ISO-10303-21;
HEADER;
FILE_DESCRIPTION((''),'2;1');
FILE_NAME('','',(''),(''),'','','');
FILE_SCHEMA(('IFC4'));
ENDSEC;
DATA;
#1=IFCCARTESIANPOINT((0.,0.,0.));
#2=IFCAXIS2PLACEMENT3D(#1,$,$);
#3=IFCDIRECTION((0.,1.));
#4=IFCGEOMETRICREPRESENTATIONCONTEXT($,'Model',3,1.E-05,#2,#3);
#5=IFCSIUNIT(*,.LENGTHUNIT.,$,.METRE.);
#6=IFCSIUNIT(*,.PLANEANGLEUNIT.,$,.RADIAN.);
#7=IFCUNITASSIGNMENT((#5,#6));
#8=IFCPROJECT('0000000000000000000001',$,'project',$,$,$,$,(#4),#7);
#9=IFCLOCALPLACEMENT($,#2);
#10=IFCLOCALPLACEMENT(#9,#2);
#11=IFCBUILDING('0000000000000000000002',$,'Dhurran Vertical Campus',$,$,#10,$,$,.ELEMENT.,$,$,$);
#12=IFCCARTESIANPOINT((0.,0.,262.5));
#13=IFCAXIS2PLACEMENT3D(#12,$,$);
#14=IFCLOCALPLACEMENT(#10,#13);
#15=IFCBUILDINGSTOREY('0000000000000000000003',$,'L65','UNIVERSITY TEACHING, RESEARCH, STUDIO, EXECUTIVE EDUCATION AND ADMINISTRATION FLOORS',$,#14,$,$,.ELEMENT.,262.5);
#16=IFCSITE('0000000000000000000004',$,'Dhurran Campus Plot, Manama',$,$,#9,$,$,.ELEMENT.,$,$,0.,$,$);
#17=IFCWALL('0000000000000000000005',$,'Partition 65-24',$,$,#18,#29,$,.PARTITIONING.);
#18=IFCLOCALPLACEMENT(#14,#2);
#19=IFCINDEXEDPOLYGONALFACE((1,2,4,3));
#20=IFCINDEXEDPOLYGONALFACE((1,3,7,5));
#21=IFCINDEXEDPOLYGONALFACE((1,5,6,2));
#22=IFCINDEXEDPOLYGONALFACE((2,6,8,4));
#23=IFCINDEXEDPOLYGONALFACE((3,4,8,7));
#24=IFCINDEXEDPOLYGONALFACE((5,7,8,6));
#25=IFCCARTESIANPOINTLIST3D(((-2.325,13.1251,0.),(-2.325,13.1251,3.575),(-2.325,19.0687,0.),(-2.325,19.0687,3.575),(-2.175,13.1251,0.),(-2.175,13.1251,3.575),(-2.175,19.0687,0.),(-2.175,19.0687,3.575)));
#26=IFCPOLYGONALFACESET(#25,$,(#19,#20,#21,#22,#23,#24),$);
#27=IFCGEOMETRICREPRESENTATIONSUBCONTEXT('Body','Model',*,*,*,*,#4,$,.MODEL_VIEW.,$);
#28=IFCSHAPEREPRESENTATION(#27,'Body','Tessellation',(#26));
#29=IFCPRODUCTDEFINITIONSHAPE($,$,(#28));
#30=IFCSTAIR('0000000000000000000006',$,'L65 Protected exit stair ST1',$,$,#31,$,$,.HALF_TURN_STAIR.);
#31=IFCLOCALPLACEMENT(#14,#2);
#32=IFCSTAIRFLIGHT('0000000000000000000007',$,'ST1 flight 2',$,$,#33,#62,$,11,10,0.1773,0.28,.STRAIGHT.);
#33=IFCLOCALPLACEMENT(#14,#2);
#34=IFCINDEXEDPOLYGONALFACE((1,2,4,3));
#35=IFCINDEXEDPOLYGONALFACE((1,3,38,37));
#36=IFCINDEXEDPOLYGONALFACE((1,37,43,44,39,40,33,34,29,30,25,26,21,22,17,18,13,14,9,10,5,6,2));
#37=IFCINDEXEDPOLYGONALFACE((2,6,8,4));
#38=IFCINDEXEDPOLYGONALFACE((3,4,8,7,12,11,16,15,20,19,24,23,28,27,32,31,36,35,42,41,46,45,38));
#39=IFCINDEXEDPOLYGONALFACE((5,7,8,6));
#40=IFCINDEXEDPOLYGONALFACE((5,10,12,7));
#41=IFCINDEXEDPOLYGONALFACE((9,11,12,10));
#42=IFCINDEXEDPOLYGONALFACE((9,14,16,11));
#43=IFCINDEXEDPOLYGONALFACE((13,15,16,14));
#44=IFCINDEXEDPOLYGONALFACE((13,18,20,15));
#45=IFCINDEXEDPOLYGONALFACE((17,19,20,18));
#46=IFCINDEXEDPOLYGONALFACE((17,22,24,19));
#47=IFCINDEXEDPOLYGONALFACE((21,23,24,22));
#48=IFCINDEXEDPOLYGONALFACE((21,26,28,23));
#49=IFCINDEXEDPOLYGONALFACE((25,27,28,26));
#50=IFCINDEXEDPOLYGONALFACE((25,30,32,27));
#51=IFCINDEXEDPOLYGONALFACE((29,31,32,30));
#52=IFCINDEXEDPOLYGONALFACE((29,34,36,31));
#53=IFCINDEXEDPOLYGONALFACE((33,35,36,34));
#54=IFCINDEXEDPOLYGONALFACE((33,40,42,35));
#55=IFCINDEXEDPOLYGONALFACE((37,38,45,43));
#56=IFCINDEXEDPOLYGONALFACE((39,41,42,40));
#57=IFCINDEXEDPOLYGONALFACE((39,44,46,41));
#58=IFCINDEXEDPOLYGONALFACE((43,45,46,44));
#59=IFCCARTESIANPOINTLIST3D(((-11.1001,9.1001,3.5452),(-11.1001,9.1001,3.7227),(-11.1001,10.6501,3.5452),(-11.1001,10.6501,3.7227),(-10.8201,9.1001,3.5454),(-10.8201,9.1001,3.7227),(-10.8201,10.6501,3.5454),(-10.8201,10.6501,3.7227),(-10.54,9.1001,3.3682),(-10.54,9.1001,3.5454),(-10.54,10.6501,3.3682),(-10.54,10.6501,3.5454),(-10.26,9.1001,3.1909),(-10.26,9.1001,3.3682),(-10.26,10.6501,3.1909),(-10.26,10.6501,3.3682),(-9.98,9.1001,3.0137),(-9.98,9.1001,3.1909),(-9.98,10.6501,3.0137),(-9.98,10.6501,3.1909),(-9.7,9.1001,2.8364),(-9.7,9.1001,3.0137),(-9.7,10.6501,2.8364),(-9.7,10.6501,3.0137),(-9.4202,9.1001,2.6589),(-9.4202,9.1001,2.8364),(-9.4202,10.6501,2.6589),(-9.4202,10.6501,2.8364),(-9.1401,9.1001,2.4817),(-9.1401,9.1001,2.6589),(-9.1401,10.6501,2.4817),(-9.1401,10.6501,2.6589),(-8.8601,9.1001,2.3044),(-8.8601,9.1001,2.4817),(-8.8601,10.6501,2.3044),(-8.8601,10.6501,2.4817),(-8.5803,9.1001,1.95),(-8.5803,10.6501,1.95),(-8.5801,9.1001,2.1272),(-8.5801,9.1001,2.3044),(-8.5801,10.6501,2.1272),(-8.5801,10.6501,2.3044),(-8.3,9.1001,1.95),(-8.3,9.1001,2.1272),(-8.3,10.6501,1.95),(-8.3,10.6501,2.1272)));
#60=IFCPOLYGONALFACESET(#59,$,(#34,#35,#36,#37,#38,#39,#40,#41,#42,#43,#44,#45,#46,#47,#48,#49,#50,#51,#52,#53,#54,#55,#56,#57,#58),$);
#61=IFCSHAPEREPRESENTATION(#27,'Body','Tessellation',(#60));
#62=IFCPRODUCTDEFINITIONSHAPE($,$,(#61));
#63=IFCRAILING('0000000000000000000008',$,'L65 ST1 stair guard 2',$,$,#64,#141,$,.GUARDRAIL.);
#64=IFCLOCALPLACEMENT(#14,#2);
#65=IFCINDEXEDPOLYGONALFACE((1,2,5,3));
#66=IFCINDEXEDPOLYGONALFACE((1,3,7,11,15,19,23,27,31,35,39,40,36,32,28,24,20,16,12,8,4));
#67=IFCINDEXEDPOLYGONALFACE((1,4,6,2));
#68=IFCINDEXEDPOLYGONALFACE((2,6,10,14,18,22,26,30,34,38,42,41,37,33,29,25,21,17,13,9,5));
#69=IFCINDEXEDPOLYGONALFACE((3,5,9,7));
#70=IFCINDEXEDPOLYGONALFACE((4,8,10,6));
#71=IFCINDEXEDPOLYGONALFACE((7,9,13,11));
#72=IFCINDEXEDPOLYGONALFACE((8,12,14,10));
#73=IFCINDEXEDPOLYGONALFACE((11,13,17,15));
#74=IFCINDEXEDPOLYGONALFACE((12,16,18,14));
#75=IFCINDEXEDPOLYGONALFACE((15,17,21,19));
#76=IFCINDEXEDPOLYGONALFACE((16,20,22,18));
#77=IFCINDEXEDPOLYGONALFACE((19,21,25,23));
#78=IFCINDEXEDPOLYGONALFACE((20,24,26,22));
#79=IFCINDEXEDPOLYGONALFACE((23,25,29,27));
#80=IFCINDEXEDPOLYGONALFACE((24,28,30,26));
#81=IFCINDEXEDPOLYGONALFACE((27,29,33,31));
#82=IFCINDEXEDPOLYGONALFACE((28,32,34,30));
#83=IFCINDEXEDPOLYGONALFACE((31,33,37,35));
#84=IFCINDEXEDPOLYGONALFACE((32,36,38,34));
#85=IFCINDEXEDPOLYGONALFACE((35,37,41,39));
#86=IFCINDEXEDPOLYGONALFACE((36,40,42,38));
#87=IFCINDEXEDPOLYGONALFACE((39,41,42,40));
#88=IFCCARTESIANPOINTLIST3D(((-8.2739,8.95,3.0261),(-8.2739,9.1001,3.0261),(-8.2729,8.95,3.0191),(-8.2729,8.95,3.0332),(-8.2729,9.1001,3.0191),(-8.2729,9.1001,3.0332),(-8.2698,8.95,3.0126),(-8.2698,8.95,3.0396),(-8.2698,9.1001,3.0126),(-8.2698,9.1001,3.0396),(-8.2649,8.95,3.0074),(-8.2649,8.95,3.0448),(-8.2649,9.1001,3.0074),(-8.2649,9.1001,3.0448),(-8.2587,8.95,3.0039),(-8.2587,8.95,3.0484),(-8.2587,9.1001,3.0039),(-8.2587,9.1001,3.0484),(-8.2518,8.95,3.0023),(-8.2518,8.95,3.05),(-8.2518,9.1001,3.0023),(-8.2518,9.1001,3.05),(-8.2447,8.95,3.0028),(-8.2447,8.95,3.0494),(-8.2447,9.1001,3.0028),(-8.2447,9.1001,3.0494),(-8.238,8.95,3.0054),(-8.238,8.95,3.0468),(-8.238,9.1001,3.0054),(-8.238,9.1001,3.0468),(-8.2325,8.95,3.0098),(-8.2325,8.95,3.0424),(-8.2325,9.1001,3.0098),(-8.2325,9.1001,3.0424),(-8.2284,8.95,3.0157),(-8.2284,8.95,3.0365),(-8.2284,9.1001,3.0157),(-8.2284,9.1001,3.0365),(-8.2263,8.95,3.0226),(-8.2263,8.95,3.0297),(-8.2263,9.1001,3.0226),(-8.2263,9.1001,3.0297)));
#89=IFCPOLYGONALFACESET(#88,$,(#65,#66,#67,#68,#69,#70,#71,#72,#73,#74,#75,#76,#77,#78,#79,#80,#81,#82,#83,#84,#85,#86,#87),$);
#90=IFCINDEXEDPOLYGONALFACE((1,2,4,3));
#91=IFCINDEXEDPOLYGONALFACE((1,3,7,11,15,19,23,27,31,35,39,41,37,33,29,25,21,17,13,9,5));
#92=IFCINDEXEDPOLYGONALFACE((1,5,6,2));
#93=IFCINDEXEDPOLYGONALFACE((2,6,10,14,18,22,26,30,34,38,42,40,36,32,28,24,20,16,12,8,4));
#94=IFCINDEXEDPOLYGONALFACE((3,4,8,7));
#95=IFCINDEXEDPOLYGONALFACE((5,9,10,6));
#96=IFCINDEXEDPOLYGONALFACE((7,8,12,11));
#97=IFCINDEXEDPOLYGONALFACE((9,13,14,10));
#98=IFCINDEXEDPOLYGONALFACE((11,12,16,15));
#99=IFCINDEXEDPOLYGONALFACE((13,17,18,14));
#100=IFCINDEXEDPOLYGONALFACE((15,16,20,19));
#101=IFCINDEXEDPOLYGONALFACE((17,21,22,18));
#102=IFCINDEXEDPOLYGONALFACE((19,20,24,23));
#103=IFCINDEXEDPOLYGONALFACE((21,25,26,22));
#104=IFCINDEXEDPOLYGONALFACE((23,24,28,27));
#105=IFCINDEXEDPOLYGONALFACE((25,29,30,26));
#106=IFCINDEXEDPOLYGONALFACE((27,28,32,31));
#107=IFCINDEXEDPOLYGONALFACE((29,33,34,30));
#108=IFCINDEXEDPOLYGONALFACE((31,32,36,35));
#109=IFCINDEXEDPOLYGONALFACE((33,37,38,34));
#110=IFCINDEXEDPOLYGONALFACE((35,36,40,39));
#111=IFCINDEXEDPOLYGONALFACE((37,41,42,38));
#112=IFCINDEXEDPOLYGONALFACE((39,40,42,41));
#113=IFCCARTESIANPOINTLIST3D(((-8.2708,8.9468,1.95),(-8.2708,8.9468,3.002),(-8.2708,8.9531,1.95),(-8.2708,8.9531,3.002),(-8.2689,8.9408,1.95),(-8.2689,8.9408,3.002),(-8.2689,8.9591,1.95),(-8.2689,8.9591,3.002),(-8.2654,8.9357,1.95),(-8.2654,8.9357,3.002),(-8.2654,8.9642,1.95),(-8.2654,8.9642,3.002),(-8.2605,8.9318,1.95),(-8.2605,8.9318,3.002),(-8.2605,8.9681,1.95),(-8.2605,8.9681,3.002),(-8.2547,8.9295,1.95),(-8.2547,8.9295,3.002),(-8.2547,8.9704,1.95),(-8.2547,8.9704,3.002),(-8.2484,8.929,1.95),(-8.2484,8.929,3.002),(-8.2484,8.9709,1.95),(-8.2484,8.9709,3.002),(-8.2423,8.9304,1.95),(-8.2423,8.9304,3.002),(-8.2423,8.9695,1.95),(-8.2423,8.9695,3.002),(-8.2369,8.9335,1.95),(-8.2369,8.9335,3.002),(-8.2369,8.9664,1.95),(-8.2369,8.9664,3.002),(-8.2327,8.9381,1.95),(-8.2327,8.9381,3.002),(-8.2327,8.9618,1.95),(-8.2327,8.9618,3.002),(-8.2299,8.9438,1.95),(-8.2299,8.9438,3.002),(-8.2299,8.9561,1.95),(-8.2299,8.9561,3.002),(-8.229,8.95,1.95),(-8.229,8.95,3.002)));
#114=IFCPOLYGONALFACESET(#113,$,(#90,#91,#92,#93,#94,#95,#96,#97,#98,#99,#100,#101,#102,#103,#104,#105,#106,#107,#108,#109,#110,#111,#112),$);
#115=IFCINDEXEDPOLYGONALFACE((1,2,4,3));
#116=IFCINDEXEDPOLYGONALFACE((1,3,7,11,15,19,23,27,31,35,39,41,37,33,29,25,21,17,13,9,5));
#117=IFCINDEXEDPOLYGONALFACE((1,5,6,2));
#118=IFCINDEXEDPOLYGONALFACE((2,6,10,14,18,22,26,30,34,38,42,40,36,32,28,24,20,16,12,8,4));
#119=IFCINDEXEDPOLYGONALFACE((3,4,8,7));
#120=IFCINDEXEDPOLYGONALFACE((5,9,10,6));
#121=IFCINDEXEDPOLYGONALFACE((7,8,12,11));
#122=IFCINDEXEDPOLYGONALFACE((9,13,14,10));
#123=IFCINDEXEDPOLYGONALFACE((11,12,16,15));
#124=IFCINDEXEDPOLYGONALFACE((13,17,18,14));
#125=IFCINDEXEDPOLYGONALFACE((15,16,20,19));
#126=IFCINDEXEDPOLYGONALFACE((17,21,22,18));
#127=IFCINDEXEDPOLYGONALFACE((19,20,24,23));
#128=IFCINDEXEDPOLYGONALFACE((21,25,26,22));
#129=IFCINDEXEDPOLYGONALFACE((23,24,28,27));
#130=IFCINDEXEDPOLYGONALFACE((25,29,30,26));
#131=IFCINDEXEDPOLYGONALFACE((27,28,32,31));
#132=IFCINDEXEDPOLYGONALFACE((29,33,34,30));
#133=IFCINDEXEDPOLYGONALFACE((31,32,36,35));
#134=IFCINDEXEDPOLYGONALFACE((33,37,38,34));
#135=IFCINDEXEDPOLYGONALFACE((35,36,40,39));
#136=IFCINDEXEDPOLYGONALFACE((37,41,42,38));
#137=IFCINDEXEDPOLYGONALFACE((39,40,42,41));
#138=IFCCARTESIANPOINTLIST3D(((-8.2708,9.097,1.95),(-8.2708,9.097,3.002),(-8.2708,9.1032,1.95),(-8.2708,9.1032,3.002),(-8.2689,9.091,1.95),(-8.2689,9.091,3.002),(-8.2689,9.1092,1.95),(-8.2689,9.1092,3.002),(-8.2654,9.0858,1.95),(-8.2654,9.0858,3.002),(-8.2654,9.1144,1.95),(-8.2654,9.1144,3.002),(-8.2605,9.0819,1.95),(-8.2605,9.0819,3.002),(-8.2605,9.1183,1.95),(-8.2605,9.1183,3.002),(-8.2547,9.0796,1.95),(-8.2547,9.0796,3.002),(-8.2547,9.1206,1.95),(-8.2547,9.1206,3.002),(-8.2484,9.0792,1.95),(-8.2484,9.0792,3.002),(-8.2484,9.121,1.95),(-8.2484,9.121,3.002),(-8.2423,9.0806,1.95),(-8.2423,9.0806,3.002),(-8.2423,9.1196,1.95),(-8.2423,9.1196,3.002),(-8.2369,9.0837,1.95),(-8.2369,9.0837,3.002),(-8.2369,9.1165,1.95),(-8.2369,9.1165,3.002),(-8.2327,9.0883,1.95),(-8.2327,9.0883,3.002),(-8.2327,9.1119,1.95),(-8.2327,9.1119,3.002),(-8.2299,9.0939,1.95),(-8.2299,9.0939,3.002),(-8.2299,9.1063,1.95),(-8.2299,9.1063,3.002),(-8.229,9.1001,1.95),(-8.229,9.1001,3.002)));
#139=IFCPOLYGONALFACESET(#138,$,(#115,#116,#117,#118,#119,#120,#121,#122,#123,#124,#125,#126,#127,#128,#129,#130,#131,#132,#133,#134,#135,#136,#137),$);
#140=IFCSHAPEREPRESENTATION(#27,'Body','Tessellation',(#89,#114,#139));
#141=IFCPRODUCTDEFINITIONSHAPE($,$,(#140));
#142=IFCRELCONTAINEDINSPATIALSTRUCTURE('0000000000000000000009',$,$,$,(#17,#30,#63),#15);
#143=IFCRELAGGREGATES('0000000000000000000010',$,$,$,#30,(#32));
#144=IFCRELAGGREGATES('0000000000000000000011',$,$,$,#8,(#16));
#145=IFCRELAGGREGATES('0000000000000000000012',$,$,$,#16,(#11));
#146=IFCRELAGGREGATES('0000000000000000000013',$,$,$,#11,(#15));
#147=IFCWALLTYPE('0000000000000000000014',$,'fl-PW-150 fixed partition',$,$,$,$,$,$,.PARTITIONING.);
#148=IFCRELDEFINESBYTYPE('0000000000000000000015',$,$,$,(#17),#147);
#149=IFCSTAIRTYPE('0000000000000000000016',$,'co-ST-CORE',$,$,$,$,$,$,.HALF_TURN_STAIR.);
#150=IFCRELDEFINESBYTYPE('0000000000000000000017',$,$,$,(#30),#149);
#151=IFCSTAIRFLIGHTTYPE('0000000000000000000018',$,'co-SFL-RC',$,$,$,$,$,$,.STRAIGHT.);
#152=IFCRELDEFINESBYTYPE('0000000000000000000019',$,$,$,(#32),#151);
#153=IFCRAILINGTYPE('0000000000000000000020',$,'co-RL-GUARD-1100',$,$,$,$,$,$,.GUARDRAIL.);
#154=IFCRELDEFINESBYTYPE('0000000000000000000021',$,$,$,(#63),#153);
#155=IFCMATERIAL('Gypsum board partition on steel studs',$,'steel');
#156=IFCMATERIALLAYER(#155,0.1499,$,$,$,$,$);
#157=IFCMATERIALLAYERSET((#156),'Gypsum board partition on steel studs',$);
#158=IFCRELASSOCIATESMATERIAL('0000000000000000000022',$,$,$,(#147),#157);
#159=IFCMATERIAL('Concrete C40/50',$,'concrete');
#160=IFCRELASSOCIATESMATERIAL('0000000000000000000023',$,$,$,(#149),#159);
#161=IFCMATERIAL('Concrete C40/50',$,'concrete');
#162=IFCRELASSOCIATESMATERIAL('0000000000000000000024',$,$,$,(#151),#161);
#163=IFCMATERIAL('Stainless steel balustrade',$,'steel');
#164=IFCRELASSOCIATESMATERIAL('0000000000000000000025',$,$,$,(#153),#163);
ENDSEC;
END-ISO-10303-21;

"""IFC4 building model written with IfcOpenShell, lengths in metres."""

from ifc_helpers import new_model, si_unit, direction, frame, frame_2d, origin, origin_2d, place, context, subcontext, project, spatial, polyline, rectangle, circle, outline, extrude, material, layer, layer_set, type_object, element, aggregate, save


model = new_model("IFC4")

# Units and contexts
model_context = context("Model", 3, precision=1e-05, world=origin(), true_north=direction((0.0, 1.0)))
body_context = subcontext(model_context, "Body", "Model", "MODEL_VIEW")
ifc_project = project(units=[si_unit("LENGTHUNIT", "METRE"), si_unit("PLANEANGLEUNIT", "RADIAN")], contexts=[model_context])

# Site, building, storey
site_placement = place(None, origin())
site = spatial("IfcSite", under=ifc_project, at=site_placement, Name="Dhurran Campus Plot, Manama", CompositionType="ELEMENT", RefElevation=0.0)
building_placement = place(site_placement, origin())
building = spatial("IfcBuilding", under=site, at=building_placement, Name="Dhurran Vertical Campus", CompositionType="ELEMENT")
storey_placement = place(building_placement, frame((0.0, 0.0, 262.5)))
storey = spatial("IfcBuildingStorey", under=building, at=storey_placement, Name="L65", Description="UNIVERSITY TEACHING, RESEARCH, STUDIO, EXECUTIVE EDUCATION AND ADMINISTRATION FLOORS", CompositionType="ELEMENT", Elevation=262.5)

# Wall
ifc_material_1 = material(Name="Gypsum board partition on steel studs", Category="steel")
ifc_layer_1 = layer(ifc_material_1, 0.1499)
ifc_layer_set_1 = layer_set([ifc_layer_1], Name="Gypsum board partition on steel studs")
wall_type_1 = type_object("IfcWallType", Name="fl-PW-150 fixed partition", PredefinedType="PARTITIONING", material=ifc_layer_set_1)
wall_1_placement = place(storey_placement, frame((-2.25, 19.0686, 0.0), z_axis=(0.0, 0.0, 1.0), x_axis=(0.0, -1.0, 0.0)))
element("IfcWall", 1, at=wall_1_placement, inside=storey, type_object=wall_type_1, Name="Partition 65-24", PredefinedType="PARTITIONING", context=body_context, shape_type="SweptSolid", body=[
    extrude(rectangle(XDim=5.9436, YDim=0.1499, at=frame_2d((2.9717, 0.0))), origin(), (0.0, 0.0, 1.0), 3.575),
])

# Stair, stair flight
ifc_material_2 = material(Name="Concrete C40/50", Category="concrete")
stair_type = type_object("IfcStairType", Name="co-ST-CORE", PredefinedType="HALF_TURN_STAIR", material=ifc_material_2)
stair_placement = place(storey_placement, origin())
stair = element("IfcStair", 2, at=stair_placement, inside=storey, type_object=stair_type, Name="L65 Protected exit stair ST1", PredefinedType="HALF_TURN_STAIR")
ifc_material_3 = material(Name="Concrete C40/50", Category="concrete")
stair_flight_type = type_object("IfcStairFlightType", Name="co-SFL-RC", PredefinedType="STRAIGHT", material=ifc_material_3)
stair_flight_placement = place(storey_placement, frame((-8.3, 9.875, 1.95), z_axis=(0.0, 0.0, 1.0), x_axis=(-1.0, 0.0, 0.0)))
stair_flight = element("IfcStairFlight", 3, at=stair_flight_placement, type_object=stair_flight_type, Name="ST1 flight 2", NumberOfRisers=11, NumberOfTreads=10, PredefinedType="STRAIGHT", RiserHeight=0.1773, TreadLength=0.28, context=body_context, shape_type="SweptSolid", body=[
    extrude(outline(polyline([(0.0, 0.0), (0.0, 0.1772), (0.28, 0.1772), (0.28, 0.3545), (0.5601, 0.3545), (0.5601, 0.5317), (0.8401, 0.5317), (0.8401, 0.709), (1.1201, 0.709), (1.1201, 0.8865), (1.3999, 0.8865), (1.3999, 1.0637), (1.6799, 1.0637), (1.6799, 1.241), (1.96, 1.241), (1.96, 1.4182), (2.24, 1.4182), (2.24, 1.5955), (2.52, 1.5955), (2.52, 1.7727), (2.8, 1.7727), (2.8, 1.95), (2.8, 1.5952), (0.2803, 0.0), (0.0, 0.0)])), frame((0.0, 0.7749, 0.0), z_axis=(0.0, -1.0, 0.0), x_axis=(1.0, 0.0, 0.0)), (0.0, 0.0, 1.0), 1.55),
])
aggregate(stair, [stair_flight])

# Railing
ifc_material_4 = material(Name="Stainless steel balustrade", Category="steel")
railing_type_1 = type_object("IfcRailingType", Name="co-RL-GUARD-1100", PredefinedType="GUARDRAIL", material=ifc_material_4)
railing_1_placement = place(storey_placement, frame((-8.25, 8.95, 1.95)))
element("IfcRailing", 4, at=railing_1_placement, inside=storey, type_object=railing_type_1, Name="L65 ST1 stair guard 2", PredefinedType="GUARDRAIL", context=body_context, shape_type="SweptSolid", body=[
    extrude(circle(Radius=0.0239, at=origin_2d()), frame((0.0, 0.0, 1.0762), z_axis=(0.0, 1.0, 0.0), x_axis=(-1.0, 0.0, 0.0)), (0.0, 0.0, 1.0), 0.1501),
    extrude(circle(Radius=0.021, at=origin_2d()), origin(), (0.0, 0.0, 1.0), 1.052),
    extrude(circle(Radius=0.021, at=origin_2d()), frame((0.0, 0.1501, 0.0)), (0.0, 0.0, 1.0), 1.052),
])

save(model, "model.ifc")
